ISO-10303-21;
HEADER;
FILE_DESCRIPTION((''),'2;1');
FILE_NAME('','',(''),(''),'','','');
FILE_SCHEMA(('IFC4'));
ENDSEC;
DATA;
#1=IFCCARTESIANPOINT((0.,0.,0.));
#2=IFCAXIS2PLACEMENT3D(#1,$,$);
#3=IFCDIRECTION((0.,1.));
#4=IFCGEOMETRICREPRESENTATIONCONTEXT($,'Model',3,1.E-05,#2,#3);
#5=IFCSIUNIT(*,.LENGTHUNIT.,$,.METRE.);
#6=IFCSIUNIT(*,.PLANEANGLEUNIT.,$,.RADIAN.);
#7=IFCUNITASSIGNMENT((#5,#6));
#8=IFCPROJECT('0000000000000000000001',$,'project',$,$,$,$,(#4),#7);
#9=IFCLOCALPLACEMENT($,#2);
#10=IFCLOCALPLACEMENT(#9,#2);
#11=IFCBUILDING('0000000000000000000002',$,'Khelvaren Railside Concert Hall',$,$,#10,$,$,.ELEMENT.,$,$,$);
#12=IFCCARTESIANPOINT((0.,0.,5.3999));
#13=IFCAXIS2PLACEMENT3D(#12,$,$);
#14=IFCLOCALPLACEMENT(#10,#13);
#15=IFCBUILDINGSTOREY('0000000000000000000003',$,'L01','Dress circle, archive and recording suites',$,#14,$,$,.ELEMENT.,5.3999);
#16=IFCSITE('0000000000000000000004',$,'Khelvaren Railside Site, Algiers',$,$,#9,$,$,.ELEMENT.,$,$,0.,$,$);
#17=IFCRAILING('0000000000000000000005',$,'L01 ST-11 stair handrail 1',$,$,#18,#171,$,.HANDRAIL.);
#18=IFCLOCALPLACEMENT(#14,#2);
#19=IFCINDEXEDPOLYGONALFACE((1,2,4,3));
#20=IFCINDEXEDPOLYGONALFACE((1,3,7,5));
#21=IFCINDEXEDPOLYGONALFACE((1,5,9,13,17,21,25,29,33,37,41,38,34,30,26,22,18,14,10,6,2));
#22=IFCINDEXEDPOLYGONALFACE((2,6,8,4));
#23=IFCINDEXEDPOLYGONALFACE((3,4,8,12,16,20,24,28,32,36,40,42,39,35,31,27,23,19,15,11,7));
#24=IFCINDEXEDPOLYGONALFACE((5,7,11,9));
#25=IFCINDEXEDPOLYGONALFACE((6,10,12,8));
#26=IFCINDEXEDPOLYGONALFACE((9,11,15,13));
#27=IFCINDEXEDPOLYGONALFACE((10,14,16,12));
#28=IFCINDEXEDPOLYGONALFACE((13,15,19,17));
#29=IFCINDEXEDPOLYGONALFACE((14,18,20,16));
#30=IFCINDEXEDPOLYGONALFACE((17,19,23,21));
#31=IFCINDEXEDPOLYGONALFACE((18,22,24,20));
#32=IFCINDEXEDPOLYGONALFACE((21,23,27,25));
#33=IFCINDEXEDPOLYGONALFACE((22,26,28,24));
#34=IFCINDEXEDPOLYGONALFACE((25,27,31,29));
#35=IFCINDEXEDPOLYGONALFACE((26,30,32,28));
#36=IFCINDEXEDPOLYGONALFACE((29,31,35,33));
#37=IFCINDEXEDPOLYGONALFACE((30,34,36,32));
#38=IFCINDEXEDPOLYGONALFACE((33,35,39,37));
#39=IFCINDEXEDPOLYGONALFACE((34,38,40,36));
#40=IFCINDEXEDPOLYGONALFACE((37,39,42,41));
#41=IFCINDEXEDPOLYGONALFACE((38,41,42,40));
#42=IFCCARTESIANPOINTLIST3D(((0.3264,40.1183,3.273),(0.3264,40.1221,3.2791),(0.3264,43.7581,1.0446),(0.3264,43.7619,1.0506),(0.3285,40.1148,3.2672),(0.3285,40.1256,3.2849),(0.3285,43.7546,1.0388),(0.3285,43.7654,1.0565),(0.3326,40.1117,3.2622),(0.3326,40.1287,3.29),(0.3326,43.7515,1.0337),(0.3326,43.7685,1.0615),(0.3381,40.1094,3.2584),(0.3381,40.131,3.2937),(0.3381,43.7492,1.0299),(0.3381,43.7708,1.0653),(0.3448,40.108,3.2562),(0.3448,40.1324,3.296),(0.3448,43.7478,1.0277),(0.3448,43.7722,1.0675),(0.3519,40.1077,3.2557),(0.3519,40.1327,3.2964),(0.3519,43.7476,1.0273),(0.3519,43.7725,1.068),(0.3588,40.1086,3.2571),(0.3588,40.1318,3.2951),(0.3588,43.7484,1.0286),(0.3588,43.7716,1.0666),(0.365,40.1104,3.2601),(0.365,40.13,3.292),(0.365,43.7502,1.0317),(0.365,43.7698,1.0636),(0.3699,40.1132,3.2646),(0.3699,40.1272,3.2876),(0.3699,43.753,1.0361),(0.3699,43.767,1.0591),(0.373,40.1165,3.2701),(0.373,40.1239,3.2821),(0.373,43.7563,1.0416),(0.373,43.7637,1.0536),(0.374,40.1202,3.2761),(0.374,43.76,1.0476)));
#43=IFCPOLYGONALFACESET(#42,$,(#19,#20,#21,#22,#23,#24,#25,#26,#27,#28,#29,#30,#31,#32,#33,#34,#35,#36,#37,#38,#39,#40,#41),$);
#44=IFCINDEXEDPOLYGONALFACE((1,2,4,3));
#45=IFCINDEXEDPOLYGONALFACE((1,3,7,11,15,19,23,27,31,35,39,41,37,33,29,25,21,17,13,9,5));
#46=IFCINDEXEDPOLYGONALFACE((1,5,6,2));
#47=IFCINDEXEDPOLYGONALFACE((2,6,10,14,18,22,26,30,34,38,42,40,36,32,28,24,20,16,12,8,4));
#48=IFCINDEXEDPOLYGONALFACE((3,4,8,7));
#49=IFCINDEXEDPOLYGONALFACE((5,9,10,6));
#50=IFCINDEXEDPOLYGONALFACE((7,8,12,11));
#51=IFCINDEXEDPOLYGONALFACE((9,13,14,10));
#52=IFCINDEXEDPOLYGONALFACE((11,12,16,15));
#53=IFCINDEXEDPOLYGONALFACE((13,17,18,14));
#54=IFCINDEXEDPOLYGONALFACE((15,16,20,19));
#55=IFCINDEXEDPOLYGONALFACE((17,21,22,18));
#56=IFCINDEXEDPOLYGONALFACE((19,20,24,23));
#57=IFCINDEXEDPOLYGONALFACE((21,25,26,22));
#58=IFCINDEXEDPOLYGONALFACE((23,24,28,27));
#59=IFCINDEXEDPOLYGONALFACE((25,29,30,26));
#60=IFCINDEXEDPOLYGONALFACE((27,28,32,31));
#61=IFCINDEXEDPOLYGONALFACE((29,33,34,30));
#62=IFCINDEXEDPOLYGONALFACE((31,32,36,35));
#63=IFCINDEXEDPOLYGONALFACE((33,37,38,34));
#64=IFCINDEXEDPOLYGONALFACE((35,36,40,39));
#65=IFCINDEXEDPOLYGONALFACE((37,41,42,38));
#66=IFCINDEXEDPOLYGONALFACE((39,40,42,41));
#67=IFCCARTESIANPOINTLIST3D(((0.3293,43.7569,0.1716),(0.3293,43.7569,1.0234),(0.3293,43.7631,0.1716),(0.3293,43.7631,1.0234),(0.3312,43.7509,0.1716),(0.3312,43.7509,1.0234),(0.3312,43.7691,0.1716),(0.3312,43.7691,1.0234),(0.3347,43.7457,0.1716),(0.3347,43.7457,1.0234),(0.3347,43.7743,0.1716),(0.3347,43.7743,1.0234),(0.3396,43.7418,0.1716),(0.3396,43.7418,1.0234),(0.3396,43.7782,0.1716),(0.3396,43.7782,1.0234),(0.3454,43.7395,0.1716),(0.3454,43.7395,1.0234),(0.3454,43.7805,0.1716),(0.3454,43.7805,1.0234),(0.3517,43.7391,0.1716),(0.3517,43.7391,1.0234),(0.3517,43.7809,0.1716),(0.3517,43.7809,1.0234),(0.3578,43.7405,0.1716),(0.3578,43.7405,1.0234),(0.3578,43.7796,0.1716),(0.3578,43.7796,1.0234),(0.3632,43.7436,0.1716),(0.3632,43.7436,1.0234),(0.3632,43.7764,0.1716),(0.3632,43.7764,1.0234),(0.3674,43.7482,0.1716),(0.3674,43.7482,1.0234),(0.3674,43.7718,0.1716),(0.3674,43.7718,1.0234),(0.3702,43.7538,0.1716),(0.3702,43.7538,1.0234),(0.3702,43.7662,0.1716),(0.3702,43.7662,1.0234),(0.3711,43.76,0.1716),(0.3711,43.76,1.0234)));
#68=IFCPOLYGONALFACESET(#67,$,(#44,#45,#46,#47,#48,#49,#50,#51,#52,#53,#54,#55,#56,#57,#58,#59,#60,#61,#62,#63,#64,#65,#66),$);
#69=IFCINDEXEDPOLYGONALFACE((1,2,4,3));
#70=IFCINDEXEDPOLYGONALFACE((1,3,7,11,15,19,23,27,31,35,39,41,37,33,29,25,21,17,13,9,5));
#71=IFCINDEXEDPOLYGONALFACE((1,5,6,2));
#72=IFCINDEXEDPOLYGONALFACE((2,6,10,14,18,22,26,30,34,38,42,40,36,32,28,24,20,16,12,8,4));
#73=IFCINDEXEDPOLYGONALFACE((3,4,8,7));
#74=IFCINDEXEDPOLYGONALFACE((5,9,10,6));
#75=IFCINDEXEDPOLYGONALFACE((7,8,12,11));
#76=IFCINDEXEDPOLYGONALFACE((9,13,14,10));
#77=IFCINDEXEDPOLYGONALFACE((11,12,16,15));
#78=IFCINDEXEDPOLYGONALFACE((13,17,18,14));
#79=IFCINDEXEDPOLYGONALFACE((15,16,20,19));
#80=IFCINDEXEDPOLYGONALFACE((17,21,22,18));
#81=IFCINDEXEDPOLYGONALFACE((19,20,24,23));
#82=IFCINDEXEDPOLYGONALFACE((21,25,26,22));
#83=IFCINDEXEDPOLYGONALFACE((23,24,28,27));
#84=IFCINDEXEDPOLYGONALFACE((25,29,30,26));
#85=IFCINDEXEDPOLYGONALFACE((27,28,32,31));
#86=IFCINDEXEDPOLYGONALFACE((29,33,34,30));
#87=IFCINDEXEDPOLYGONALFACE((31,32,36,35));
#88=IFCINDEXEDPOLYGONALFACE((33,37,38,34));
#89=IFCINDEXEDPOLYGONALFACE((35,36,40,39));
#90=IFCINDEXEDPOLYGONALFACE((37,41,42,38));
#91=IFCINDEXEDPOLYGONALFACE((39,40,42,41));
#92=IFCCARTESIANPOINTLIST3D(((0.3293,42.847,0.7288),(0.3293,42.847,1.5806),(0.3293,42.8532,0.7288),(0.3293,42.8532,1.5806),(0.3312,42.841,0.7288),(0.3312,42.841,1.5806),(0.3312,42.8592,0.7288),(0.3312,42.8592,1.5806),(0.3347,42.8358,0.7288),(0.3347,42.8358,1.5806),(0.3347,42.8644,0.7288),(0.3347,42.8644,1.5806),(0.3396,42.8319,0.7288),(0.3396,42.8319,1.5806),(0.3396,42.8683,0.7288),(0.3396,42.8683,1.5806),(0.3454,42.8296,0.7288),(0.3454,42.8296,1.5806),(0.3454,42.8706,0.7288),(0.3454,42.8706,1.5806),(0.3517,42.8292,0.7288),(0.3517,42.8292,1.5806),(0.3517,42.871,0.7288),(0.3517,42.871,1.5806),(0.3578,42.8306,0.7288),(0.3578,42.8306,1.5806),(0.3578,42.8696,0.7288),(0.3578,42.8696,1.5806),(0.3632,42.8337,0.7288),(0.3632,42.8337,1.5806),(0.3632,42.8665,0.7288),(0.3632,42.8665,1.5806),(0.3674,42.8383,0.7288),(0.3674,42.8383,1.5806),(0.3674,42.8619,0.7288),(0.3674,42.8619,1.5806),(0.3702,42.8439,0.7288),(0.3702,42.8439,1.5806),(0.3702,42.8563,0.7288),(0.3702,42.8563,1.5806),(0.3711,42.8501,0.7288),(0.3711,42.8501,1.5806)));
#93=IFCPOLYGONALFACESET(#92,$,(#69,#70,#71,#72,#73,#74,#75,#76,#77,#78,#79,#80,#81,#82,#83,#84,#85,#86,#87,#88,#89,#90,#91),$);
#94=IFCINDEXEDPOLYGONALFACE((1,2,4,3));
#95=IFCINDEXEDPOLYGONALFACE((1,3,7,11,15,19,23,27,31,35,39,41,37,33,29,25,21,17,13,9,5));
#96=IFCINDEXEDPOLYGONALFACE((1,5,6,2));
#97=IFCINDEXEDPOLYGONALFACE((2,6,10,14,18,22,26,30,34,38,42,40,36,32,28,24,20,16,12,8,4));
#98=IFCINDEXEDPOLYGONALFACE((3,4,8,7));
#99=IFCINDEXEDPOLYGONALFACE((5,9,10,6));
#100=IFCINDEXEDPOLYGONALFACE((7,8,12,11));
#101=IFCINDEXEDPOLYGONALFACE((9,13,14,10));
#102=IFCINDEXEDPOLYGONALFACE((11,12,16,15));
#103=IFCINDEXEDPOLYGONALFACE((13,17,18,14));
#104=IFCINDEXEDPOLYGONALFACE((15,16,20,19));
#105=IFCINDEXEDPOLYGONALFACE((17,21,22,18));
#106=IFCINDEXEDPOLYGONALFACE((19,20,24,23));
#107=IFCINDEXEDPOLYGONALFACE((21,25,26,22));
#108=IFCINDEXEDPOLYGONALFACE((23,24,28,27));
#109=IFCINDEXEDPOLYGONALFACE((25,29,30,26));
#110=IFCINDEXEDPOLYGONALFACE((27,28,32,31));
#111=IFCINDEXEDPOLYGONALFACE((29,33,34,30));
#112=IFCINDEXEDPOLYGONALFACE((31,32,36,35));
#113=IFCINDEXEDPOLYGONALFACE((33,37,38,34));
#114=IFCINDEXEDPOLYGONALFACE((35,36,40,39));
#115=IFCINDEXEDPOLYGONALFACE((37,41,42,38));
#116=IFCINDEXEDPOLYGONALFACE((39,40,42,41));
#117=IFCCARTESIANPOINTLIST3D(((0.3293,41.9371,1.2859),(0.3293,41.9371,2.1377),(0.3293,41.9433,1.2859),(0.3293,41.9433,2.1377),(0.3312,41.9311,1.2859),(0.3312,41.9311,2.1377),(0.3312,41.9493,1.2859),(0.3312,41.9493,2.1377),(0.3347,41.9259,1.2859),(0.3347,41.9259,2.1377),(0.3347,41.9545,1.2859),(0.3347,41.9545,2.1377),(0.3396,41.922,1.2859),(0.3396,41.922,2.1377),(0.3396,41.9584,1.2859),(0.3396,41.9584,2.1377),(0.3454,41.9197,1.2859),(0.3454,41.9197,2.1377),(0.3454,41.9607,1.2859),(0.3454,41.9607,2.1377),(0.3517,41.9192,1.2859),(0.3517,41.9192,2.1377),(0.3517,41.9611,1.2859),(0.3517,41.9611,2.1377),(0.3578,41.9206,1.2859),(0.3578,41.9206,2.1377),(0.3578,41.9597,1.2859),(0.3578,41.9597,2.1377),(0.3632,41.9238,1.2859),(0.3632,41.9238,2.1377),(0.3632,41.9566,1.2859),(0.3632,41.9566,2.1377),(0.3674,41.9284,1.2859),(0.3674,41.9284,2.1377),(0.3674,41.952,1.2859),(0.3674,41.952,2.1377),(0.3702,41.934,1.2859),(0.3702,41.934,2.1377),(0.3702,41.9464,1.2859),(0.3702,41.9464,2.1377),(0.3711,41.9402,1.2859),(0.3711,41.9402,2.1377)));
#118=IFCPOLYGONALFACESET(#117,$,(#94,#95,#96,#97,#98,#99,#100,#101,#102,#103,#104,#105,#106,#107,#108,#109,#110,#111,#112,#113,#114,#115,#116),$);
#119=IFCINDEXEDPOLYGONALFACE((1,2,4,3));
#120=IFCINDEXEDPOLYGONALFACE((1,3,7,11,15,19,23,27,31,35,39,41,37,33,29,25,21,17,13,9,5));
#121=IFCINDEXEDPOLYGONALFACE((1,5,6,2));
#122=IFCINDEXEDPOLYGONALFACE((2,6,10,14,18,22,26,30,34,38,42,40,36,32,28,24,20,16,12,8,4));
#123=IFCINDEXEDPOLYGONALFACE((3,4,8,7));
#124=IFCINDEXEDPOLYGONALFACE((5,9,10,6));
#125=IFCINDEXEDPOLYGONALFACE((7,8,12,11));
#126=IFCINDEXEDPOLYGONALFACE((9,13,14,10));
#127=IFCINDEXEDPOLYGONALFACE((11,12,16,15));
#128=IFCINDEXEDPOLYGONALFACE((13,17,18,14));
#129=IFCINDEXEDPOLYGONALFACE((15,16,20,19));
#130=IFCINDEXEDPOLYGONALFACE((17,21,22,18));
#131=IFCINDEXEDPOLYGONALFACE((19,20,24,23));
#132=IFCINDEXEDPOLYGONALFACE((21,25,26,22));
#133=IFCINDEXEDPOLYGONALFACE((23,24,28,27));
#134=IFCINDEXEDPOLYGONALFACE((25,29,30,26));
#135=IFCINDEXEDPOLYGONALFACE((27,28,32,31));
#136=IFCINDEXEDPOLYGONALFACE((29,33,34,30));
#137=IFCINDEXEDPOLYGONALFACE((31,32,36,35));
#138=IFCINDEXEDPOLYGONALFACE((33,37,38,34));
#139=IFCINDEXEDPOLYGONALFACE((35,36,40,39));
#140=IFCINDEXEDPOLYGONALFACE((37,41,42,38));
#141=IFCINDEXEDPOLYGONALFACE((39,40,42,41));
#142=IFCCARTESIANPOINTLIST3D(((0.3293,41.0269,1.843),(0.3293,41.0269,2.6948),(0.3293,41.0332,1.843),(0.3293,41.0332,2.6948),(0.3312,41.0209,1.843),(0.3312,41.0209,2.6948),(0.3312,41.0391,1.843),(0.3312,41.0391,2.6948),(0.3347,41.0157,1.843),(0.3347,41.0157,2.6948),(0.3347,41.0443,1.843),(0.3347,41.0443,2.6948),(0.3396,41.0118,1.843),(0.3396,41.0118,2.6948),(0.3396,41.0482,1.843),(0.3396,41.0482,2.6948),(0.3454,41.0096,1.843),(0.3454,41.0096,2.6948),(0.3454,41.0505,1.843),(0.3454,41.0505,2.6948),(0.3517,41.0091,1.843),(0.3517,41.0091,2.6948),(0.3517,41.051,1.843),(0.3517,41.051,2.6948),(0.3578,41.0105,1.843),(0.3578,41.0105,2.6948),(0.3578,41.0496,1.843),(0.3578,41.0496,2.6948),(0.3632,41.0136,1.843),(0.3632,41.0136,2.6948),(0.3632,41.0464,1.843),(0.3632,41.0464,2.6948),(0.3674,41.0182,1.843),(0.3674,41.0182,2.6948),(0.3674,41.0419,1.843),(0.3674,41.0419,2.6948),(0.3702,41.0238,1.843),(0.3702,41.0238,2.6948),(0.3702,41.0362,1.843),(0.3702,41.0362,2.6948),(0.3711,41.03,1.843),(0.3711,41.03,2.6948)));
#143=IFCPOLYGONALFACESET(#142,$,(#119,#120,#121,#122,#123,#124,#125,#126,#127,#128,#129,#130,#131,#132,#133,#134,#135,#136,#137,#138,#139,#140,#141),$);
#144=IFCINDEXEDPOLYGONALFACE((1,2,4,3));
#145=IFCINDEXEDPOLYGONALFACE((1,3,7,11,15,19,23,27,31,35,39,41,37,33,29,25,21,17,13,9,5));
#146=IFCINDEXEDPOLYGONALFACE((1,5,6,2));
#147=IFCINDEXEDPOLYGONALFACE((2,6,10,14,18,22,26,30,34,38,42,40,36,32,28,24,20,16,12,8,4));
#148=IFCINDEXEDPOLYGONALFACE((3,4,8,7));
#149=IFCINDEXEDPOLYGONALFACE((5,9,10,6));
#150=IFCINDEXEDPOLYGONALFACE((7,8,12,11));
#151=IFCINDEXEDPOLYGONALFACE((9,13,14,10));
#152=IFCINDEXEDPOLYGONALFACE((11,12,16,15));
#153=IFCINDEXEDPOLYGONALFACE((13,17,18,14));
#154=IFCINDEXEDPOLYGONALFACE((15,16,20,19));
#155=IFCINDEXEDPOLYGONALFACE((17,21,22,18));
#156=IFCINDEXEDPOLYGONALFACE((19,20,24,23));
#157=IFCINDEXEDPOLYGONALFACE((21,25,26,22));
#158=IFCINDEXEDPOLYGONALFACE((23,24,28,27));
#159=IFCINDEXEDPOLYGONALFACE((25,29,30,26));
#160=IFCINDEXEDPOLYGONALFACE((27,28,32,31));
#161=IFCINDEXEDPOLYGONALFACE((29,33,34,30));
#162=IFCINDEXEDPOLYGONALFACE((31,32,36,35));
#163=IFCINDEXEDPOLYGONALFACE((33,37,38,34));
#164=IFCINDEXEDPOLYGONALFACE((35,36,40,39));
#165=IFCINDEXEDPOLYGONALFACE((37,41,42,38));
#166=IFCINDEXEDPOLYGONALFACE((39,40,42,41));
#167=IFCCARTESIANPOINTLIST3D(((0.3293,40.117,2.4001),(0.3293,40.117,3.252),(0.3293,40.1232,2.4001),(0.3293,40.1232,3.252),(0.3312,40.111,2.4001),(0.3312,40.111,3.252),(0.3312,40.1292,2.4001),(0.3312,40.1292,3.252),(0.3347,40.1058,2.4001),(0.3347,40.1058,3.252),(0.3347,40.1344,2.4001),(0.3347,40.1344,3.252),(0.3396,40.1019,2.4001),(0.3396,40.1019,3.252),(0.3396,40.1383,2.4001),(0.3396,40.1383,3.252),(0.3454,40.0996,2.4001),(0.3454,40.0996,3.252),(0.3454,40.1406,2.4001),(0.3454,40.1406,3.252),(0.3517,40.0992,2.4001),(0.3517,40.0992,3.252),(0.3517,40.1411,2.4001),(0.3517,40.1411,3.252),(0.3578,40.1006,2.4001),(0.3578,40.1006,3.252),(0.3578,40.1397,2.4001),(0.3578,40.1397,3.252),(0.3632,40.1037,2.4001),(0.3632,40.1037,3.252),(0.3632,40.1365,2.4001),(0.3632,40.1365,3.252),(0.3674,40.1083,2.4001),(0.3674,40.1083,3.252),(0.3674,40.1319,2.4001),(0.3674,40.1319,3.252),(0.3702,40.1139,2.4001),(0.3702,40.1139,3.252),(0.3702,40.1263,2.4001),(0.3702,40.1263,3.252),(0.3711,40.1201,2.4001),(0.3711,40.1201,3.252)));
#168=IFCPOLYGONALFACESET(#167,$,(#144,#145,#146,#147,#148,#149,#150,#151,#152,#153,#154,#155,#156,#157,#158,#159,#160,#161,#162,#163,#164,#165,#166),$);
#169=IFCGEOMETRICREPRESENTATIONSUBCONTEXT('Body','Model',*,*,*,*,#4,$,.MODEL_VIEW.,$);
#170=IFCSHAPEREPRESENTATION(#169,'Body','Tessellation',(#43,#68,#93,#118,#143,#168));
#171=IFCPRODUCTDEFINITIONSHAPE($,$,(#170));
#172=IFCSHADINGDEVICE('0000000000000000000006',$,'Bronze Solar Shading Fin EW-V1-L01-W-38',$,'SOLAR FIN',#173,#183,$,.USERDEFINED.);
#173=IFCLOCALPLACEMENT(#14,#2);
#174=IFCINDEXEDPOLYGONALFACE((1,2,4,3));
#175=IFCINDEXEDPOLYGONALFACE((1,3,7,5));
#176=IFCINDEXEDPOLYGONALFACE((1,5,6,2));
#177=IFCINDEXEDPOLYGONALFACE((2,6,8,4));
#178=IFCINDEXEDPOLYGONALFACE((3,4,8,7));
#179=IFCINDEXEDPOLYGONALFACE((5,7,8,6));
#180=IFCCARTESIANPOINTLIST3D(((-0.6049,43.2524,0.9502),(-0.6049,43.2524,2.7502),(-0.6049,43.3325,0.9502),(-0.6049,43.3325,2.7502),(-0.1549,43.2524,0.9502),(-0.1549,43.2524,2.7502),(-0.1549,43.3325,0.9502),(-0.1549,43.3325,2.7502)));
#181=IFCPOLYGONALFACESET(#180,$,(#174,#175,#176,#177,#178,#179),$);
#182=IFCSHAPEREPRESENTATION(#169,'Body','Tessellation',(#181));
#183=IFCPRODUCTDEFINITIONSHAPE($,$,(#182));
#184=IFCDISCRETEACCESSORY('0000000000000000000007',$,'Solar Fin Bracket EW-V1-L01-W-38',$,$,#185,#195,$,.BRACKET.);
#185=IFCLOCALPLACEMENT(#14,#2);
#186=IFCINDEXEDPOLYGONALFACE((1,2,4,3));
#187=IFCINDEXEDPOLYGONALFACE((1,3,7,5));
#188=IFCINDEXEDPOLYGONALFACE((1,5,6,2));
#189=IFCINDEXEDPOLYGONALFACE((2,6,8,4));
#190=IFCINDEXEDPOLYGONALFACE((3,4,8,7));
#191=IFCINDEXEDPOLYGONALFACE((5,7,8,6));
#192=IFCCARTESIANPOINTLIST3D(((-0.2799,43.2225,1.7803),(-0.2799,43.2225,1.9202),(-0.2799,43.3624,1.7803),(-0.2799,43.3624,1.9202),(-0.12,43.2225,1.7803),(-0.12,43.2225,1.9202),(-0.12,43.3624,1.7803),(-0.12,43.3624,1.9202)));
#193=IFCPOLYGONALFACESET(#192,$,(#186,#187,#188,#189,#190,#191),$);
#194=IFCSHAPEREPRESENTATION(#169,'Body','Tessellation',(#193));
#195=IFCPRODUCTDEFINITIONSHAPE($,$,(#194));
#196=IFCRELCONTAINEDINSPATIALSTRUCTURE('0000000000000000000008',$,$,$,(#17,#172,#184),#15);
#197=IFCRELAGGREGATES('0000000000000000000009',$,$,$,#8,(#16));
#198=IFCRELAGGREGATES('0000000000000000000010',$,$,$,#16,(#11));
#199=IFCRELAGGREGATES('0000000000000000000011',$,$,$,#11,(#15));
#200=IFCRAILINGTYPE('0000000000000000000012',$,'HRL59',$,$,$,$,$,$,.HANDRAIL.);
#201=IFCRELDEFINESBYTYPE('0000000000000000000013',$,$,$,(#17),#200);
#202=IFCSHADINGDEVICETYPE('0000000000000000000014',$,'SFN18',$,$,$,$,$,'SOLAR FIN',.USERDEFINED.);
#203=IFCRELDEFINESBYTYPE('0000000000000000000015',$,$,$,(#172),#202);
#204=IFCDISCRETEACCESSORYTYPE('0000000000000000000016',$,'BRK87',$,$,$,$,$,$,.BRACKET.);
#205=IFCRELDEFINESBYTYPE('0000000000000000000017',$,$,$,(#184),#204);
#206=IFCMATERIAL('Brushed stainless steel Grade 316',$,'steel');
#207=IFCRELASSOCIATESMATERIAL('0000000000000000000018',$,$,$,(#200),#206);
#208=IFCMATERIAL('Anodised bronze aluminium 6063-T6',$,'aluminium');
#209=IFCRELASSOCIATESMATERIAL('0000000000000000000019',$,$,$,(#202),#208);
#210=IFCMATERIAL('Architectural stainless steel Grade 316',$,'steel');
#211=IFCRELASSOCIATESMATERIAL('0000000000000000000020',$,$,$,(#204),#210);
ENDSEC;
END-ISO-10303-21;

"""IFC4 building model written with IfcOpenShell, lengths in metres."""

from ifc_helpers import new_model, si_unit, direction, frame, origin, origin_2d, place, context, subcontext, project, spatial, rectangle, circle, extrude, material, type_object, element, save


model = new_model("IFC4")

# Units and contexts
model_context = context("Model", 3, precision=1e-05, world=origin(), true_north=direction((0.0, 1.0)))
body_context = subcontext(model_context, "Body", "Model", "MODEL_VIEW")
ifc_project = project(units=[si_unit("LENGTHUNIT", "METRE"), si_unit("PLANEANGLEUNIT", "RADIAN")], contexts=[model_context])

# Site, building, storey
site_placement = place(None, origin())
site = spatial("IfcSite", under=ifc_project, at=site_placement, Name="Khelvaren Railside Site, Algiers", CompositionType="ELEMENT", RefElevation=0.0)
building_placement = place(site_placement, origin())
building = spatial("IfcBuilding", under=site, at=building_placement, Name="Khelvaren Railside Concert Hall", CompositionType="ELEMENT")
storey_placement = place(building_placement, frame((0.0, 0.0, 5.3999)))
storey = spatial("IfcBuildingStorey", under=building, at=storey_placement, Name="L01", Description="Dress circle, archive and recording suites", CompositionType="ELEMENT", Elevation=5.3999)

# Railing
ifc_material_1 = material(Name="Brushed stainless steel Grade 316", Category="steel")
railing_type_1 = type_object("IfcRailingType", Name="HRL59", PredefinedType="HANDRAIL", material=ifc_material_1)
railing_1_placement = place(storey_placement, frame((0.3501, 43.76, 0.1716)))
element("IfcRailing", 1, at=railing_1_placement, inside=storey, type_object=railing_type_1, Name="L01 ST-11 stair handrail 1", PredefinedType="HANDRAIL", context=body_context, shape_type="SweptSolid", body=[
    extrude(circle(Radius=0.0239, at=origin_2d()), frame((0.0, 0.0, 0.876), z_axis=(0.0, -0.85285, 0.522156), x_axis=(1.0, 0.0, 0.0)), (0.0, 0.0, 1.0), 4.2678),
    extrude(circle(Radius=0.021, at=origin_2d()), origin(), (0.0, 0.0, 1.0), 0.8518),
    extrude(circle(Radius=0.021, at=origin_2d()), frame((0.0, -0.9099, 0.5571)), (0.0, 0.0, 1.0), 0.8518),
    extrude(circle(Radius=0.021, at=origin_2d()), frame((0.0, -1.8198, 1.1143)), (0.0, 0.0, 1.0), 0.8518),
    extrude(circle(Radius=0.021, at=origin_2d()), frame((0.0, -2.73, 1.6714)), (0.0, 0.0, 1.0), 0.8518),
    extrude(circle(Radius=0.021, at=origin_2d()), frame((0.0, -3.6399, 2.2285)), (0.0, 0.0, 1.0), 0.8518),
])

# Shading device
ifc_material_2 = material(Name="Anodised bronze aluminium 6063-T6", Category="aluminium")
shading_device_type = type_object("IfcShadingDeviceType", Name="SFN18", ElementType="SOLAR FIN", PredefinedType="USERDEFINED", material=ifc_material_2)
shading_device_placement = place(storey_placement, frame((-0.3799, 43.2925, 0.9502), z_axis=(0.0, 0.0, 1.0), x_axis=(0.0, 1.0, 0.0)))
element("IfcShadingDevice", 2, at=shading_device_placement, inside=storey, type_object=shading_device_type, Name="Bronze Solar Shading Fin EW-V1-L01-W-38", ObjectType="SOLAR FIN", PredefinedType="USERDEFINED", context=body_context, shape_type="SweptSolid", body=[
    extrude(rectangle(XDim=0.0801, YDim=0.45, at=origin_2d()), origin(), (0.0, 0.0, 1.0), 1.8),
])

# Discrete accessory
ifc_material_3 = material(Name="Architectural stainless steel Grade 316", Category="steel")
discrete_accessory_type = type_object("IfcDiscreteAccessoryType", Name="BRK87", PredefinedType="BRACKET", material=ifc_material_3)
discrete_accessory_placement = place(storey_placement, frame((-0.2, 43.2925, 1.7803), z_axis=(0.0, 0.0, 1.0), x_axis=(0.0, 1.0, 0.0)))
element("IfcDiscreteAccessory", 3, at=discrete_accessory_placement, inside=storey, type_object=discrete_accessory_type, Name="Solar Fin Bracket EW-V1-L01-W-38", PredefinedType="BRACKET", context=body_context, shape_type="SweptSolid", body=[
    extrude(rectangle(XDim=0.1399, YDim=0.1599, at=origin_2d()), origin(), (0.0, 0.0, 1.0), 0.1399),
])

save(model, "model.ifc")
